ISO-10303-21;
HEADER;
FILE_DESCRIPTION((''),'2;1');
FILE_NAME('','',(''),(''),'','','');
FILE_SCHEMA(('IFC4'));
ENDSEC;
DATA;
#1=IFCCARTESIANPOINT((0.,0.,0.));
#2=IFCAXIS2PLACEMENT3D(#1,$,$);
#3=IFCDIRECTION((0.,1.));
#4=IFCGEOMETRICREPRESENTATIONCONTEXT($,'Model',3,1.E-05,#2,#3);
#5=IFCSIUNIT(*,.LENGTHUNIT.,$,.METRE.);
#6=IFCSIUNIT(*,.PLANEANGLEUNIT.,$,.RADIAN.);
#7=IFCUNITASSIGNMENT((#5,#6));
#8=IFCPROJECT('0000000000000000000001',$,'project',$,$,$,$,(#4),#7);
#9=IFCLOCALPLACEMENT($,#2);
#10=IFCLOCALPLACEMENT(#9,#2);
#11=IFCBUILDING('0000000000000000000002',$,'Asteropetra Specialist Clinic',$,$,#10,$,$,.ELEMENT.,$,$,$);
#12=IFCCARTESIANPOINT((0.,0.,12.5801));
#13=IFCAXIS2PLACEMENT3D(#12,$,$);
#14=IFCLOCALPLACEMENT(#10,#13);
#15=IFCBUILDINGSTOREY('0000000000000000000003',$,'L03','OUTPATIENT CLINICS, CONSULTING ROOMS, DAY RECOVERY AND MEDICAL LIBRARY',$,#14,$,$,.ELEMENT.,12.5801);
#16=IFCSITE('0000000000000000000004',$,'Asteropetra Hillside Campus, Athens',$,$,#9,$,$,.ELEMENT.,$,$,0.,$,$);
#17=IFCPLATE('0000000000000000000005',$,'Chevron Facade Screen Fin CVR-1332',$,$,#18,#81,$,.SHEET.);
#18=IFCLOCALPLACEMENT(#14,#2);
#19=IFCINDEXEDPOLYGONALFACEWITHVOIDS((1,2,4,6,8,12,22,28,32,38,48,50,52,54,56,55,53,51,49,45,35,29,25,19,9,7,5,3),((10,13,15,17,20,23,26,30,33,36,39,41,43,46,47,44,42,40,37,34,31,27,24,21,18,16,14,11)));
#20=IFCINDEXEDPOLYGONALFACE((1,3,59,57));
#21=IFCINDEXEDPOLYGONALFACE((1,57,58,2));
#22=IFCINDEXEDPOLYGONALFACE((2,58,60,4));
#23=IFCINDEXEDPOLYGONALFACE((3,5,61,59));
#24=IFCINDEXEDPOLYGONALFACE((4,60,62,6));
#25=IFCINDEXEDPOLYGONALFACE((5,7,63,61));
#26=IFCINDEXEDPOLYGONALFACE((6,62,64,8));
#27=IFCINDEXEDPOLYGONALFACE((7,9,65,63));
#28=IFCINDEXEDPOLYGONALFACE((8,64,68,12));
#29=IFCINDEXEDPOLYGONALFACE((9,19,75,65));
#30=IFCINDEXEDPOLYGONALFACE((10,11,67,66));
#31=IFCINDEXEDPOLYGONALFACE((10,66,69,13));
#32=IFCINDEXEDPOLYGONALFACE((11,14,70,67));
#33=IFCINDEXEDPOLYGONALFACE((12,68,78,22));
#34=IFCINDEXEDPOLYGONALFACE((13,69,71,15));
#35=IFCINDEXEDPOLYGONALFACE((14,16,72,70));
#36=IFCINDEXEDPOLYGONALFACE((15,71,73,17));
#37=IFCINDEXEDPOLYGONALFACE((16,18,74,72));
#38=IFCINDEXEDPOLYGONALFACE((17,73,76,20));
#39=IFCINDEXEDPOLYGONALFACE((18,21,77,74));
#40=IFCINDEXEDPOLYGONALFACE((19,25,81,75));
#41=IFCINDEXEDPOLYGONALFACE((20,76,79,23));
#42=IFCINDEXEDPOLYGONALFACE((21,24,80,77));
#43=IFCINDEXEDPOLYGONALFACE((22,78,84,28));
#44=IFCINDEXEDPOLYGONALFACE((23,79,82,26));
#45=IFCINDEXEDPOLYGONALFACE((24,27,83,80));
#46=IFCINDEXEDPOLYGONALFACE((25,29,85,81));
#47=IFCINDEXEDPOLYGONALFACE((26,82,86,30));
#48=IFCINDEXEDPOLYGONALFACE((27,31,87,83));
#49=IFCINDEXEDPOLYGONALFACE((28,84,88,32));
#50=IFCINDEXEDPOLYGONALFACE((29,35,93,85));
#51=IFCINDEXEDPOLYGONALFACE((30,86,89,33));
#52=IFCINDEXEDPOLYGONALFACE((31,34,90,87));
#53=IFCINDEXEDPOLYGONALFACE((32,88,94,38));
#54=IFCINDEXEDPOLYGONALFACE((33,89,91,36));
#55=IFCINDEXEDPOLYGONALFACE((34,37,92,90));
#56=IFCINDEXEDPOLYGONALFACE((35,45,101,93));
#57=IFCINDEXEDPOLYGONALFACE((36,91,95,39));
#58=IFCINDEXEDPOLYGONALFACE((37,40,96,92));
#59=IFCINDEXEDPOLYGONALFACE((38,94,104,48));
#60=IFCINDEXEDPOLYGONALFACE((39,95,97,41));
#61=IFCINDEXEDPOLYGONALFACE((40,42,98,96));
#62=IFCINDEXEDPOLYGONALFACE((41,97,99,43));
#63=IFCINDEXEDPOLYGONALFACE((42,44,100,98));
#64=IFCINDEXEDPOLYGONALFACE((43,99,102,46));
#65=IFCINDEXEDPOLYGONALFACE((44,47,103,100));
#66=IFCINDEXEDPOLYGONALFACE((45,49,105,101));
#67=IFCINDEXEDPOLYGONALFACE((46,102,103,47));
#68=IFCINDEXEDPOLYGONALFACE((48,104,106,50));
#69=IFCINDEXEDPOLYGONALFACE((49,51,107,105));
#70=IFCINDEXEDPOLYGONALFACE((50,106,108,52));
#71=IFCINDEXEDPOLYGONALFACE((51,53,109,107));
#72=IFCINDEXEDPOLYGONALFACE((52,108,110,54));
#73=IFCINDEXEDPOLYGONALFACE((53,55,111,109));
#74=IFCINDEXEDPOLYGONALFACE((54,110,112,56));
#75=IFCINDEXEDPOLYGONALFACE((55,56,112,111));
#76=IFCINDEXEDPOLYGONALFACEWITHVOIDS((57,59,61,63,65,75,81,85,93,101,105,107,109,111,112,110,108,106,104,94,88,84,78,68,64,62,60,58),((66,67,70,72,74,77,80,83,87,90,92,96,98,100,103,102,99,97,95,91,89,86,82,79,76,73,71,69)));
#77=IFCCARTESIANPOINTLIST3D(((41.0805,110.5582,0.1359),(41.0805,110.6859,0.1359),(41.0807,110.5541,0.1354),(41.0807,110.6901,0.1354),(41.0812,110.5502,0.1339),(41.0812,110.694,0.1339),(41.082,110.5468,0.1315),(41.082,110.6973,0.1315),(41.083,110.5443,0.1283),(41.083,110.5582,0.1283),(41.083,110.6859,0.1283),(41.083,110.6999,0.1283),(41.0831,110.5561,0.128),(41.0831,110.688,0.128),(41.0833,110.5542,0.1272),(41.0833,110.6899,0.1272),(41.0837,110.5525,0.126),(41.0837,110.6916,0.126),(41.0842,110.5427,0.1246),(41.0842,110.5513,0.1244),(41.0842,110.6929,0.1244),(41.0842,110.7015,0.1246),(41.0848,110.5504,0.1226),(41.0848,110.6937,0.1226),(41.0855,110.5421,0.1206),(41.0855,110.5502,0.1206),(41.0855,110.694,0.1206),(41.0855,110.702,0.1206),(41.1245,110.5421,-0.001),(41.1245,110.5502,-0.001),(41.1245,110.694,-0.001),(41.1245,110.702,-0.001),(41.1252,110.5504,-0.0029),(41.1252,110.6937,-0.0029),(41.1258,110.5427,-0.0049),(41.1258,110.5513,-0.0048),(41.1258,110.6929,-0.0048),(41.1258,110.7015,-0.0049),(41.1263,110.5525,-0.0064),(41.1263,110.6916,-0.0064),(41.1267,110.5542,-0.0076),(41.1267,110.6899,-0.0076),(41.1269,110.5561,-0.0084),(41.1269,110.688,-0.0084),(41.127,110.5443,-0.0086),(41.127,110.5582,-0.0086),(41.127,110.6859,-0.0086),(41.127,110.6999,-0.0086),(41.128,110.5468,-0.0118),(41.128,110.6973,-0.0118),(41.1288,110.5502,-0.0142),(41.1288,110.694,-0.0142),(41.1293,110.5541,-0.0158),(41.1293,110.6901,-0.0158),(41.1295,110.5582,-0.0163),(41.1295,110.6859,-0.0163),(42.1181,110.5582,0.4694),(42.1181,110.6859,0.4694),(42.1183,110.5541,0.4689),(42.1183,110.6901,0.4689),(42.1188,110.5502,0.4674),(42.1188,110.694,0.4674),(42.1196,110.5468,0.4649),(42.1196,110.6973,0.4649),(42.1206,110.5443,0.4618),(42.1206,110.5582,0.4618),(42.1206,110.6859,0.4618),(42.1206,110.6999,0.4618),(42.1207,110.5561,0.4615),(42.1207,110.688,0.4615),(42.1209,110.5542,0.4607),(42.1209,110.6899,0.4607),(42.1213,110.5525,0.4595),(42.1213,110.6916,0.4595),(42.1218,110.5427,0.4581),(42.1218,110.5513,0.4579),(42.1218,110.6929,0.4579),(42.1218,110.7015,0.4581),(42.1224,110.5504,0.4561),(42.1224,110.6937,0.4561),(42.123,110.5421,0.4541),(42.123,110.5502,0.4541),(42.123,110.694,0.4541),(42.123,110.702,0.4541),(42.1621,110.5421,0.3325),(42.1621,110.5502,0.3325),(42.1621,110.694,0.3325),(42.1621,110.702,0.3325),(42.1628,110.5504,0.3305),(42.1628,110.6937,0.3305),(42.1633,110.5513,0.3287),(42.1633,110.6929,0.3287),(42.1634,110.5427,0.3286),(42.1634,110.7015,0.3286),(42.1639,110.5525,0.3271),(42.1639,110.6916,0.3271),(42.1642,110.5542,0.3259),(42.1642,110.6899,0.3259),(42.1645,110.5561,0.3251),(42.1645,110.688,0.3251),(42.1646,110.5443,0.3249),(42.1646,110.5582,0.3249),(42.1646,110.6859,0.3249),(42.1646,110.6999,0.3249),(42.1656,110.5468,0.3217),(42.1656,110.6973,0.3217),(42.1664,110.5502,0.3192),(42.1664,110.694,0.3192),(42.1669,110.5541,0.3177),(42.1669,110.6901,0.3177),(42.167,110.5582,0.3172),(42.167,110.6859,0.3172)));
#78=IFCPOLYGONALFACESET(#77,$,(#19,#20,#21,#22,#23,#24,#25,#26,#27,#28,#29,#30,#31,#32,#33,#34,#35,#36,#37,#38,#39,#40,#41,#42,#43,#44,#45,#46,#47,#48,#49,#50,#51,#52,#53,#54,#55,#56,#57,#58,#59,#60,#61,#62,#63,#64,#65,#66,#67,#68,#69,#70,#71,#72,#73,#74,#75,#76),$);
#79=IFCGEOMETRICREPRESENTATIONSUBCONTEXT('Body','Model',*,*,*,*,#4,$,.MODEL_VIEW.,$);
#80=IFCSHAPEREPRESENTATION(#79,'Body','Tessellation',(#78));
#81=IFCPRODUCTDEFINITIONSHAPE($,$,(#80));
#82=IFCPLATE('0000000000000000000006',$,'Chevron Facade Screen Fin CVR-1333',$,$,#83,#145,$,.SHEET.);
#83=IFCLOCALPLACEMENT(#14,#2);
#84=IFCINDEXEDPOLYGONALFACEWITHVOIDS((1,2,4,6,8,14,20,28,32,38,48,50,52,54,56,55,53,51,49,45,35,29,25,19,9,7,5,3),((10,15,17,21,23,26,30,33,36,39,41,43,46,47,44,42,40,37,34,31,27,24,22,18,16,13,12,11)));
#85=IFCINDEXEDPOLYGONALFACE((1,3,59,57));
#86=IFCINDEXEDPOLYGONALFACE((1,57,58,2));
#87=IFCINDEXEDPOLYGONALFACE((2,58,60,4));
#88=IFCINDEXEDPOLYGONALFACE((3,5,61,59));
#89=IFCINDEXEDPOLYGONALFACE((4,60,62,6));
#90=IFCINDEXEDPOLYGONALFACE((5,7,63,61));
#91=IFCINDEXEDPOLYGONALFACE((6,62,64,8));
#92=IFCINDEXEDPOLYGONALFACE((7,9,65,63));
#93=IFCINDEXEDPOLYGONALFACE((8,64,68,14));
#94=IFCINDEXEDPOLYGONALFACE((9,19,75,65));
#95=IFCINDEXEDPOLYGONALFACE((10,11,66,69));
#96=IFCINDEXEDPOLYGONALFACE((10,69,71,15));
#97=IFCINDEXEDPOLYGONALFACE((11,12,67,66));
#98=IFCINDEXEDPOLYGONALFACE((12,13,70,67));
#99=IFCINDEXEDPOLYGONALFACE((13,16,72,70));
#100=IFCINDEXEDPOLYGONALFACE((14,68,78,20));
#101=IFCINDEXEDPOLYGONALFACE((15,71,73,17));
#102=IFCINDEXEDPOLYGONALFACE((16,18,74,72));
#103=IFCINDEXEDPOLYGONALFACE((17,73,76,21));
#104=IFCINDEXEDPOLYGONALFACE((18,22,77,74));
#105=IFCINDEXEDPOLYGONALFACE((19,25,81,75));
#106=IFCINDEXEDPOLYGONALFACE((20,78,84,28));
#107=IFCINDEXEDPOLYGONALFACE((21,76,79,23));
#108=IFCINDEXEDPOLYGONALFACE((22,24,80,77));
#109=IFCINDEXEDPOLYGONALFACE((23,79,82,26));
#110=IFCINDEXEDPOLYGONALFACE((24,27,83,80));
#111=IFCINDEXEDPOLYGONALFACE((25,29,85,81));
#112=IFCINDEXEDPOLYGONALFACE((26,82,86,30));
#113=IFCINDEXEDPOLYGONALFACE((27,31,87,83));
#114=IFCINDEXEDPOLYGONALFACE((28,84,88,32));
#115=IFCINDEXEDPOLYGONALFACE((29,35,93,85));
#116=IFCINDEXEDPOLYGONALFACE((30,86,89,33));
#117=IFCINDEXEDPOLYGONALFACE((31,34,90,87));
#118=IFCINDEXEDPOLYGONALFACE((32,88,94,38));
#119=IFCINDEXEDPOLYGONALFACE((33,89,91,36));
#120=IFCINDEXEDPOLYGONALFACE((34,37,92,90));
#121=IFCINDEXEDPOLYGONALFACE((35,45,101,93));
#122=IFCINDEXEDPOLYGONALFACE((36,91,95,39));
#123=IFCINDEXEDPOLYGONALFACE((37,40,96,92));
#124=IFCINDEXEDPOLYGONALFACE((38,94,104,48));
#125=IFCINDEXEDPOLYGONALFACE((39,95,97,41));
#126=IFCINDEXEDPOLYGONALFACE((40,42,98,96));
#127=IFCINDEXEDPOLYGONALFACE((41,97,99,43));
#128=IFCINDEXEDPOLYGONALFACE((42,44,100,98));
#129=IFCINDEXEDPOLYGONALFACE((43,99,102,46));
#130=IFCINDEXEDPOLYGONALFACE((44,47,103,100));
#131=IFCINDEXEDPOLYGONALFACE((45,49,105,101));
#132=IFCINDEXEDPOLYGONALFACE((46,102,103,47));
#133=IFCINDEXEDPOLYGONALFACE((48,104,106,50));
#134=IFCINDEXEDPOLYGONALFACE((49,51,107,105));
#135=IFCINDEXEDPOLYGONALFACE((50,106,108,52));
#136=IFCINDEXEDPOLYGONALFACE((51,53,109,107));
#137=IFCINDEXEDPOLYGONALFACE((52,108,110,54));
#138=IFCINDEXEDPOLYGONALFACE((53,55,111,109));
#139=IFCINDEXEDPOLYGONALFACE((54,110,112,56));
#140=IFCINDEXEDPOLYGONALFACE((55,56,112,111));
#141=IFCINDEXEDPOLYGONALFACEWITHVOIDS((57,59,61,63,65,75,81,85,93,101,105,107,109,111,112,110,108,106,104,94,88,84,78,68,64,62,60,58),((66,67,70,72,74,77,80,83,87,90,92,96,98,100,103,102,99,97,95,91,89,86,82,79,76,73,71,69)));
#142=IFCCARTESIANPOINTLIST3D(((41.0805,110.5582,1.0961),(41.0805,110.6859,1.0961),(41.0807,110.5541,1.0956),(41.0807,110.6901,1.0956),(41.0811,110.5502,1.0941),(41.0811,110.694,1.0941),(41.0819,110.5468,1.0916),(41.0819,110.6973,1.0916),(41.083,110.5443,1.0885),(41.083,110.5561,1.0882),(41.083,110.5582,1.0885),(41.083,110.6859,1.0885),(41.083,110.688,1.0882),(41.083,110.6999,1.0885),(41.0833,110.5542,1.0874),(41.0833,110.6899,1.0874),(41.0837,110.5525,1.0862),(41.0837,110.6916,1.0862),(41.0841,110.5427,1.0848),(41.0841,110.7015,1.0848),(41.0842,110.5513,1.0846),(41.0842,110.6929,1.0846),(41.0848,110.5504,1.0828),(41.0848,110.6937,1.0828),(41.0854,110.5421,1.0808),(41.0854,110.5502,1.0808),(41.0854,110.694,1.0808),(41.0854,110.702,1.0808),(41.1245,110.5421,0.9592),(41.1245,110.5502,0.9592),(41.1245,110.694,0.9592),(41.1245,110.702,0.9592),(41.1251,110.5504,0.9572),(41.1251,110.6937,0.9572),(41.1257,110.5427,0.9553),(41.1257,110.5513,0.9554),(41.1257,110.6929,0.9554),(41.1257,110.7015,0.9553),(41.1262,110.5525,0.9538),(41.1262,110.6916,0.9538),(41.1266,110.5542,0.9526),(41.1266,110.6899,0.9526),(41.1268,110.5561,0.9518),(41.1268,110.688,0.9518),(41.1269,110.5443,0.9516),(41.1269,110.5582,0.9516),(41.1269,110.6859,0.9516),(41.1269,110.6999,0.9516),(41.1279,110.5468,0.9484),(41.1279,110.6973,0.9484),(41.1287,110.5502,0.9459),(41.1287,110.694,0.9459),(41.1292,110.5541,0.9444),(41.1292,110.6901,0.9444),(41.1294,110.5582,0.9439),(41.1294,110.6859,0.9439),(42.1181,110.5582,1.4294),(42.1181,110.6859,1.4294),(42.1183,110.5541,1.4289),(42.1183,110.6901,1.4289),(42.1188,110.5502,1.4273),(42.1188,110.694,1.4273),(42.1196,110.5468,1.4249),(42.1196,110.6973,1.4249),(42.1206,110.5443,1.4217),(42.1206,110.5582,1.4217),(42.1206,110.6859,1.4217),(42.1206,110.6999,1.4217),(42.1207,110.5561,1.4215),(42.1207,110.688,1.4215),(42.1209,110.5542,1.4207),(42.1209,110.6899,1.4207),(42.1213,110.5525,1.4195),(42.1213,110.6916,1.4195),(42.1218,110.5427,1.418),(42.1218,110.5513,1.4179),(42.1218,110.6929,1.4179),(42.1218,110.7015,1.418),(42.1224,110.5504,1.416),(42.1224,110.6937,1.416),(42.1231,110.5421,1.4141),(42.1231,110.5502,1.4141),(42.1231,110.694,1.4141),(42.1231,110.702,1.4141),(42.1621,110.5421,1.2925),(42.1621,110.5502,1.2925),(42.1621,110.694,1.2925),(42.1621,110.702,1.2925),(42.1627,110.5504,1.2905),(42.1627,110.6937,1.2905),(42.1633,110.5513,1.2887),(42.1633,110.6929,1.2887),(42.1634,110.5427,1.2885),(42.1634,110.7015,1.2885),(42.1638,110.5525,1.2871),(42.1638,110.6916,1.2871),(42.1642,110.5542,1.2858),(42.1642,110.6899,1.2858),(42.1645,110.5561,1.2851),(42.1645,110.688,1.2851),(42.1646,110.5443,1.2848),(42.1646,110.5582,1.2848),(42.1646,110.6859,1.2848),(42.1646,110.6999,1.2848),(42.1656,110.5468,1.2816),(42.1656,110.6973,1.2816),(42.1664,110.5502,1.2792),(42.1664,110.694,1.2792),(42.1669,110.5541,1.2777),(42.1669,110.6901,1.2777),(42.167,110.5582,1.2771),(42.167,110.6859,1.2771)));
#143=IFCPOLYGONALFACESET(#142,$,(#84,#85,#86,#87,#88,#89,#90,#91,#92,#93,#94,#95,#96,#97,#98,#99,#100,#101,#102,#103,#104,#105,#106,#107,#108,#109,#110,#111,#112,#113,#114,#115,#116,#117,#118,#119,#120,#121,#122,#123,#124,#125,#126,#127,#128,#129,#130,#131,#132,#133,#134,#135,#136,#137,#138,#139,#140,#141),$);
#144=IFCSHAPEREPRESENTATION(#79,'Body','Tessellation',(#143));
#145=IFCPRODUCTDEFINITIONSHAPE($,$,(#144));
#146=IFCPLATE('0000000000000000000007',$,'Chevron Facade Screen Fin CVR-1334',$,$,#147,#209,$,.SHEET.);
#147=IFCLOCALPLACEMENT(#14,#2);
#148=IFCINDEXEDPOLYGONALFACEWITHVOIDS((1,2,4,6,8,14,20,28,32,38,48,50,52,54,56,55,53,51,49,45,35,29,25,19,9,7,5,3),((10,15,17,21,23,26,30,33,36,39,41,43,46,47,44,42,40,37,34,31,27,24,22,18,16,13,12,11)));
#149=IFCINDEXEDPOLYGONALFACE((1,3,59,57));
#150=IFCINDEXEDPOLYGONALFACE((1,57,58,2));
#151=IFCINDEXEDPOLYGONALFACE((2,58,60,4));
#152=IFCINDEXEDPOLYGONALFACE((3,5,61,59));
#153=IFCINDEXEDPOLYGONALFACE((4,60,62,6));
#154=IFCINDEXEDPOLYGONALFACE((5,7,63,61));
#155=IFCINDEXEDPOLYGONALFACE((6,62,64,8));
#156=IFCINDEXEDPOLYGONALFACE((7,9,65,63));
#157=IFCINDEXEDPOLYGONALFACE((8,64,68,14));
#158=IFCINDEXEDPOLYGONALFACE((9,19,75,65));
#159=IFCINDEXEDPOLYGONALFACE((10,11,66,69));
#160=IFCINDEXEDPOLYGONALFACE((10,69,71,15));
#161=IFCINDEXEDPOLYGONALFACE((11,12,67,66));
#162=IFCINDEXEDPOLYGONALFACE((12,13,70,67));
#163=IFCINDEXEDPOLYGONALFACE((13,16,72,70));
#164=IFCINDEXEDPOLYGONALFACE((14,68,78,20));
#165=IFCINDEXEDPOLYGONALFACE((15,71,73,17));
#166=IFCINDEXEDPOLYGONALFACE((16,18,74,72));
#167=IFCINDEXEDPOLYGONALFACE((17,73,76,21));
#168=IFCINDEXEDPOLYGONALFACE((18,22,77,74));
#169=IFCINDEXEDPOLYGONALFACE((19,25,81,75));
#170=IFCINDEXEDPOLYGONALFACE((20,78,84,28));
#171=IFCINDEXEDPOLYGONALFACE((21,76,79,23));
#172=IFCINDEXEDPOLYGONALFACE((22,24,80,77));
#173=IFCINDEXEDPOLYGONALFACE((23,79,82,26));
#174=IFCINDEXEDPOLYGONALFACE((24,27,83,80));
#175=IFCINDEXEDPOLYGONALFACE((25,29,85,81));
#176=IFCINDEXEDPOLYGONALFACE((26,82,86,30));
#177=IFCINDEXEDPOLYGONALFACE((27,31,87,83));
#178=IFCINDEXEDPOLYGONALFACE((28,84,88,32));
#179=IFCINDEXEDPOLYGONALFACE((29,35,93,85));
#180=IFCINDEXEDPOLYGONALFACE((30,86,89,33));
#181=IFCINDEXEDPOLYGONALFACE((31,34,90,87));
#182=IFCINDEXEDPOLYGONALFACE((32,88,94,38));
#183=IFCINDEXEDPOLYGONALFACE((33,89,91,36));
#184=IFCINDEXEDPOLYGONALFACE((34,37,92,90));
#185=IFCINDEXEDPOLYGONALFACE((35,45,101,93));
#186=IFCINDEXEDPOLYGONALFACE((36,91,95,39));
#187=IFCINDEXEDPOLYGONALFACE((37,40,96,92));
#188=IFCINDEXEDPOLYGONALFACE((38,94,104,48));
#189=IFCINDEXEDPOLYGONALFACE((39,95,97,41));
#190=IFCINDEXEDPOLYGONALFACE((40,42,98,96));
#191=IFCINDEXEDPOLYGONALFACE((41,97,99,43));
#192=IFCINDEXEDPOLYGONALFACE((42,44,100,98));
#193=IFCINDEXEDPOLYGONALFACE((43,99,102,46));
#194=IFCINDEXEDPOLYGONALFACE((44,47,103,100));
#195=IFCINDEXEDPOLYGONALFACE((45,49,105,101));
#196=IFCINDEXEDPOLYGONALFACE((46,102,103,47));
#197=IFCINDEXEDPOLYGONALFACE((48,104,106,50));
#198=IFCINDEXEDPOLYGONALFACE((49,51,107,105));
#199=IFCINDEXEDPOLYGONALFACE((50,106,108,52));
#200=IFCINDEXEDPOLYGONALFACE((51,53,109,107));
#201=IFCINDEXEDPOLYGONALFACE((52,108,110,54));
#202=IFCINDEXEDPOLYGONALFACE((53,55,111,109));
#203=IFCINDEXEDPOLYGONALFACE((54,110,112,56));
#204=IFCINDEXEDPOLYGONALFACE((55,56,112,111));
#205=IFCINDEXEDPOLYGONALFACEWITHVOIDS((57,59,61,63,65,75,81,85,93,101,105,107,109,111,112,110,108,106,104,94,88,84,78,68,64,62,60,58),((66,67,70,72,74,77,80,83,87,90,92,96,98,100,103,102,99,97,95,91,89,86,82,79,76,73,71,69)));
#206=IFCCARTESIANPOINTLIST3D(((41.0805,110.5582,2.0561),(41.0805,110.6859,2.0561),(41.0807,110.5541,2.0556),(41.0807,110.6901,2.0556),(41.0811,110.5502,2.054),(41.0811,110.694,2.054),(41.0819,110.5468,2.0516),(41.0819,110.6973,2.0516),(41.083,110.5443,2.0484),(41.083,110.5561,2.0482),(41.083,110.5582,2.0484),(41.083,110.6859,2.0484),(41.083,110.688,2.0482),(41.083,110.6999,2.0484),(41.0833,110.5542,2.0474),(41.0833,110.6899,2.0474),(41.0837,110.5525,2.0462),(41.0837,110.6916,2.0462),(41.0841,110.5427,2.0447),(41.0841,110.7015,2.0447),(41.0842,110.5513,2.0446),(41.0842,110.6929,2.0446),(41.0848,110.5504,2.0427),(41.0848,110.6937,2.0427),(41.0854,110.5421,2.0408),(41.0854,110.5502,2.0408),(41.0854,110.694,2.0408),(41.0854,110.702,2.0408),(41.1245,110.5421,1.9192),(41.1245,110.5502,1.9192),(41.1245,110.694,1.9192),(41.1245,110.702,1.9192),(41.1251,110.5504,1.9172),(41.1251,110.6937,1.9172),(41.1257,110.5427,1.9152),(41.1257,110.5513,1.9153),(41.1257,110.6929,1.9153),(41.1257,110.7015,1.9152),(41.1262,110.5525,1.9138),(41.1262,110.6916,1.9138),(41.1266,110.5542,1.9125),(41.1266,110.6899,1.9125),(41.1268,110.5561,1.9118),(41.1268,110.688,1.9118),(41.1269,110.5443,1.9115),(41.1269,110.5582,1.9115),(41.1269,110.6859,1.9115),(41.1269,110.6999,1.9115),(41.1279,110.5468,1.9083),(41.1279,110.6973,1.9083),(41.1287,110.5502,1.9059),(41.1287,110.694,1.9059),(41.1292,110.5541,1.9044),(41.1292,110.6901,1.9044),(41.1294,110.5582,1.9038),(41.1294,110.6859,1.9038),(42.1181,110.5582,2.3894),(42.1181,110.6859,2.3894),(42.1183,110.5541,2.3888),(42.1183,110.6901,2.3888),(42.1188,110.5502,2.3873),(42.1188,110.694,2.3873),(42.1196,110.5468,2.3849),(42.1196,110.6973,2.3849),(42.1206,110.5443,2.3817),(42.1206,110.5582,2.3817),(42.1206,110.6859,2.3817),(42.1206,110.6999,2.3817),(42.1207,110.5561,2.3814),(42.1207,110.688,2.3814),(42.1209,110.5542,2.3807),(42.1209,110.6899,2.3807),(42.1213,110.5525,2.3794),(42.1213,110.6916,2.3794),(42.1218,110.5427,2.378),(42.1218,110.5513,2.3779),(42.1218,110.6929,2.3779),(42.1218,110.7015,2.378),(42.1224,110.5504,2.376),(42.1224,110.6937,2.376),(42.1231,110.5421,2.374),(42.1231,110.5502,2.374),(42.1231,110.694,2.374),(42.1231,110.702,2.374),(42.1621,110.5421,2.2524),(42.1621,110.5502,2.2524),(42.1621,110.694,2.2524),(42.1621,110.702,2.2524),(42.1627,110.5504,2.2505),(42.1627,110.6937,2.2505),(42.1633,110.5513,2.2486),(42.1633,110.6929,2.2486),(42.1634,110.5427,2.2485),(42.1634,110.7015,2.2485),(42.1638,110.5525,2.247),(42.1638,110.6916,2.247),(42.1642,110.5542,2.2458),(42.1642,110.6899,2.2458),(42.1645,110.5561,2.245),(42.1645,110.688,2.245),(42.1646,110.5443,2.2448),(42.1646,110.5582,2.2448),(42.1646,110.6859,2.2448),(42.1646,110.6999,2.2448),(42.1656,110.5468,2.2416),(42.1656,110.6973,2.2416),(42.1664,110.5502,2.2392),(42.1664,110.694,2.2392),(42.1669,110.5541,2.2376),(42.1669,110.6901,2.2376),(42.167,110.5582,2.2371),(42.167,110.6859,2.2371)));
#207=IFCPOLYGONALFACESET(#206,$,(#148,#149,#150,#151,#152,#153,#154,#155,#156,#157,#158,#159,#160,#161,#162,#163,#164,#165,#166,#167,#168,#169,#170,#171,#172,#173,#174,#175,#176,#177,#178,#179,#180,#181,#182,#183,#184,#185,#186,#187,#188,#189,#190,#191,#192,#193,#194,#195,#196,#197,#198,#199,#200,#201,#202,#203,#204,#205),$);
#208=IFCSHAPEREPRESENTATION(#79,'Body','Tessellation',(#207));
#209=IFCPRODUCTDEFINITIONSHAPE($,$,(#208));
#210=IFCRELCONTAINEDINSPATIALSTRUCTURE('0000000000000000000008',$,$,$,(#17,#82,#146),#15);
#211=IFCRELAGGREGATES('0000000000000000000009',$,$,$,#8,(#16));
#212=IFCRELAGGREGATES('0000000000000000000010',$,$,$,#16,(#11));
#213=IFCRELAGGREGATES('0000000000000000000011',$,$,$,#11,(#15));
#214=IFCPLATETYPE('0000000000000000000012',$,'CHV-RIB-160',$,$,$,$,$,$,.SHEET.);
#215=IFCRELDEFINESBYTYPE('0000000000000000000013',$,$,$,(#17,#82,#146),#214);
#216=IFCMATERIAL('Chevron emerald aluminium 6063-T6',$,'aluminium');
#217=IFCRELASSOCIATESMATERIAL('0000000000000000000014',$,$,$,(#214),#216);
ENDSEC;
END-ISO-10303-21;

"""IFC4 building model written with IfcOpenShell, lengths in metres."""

from ifc_helpers import new_model, si_unit, direction, frame, origin, origin_2d, place, context, subcontext, project, spatial, hollow_rectangle, extrude, material, material_profile, profile_set, type_object, element, save


model = new_model("IFC4")

# Units and contexts
model_context = context("Model", 3, precision=1e-05, world=origin(), true_north=direction((0.0, 1.0)))
body_context = subcontext(model_context, "Body", "Model", "MODEL_VIEW")
ifc_project = project(units=[si_unit("LENGTHUNIT", "METRE"), si_unit("PLANEANGLEUNIT", "RADIAN")], contexts=[model_context])

# Site, building, storey
site_placement = place(None, origin())
site = spatial("IfcSite", under=ifc_project, at=site_placement, Name="Asteropetra Hillside Campus, Athens", CompositionType="ELEMENT", RefElevation=0.0)
building_placement = place(site_placement, origin())
building = spatial("IfcBuilding", under=site, at=building_placement, Name="Asteropetra Specialist Clinic", CompositionType="ELEMENT")
storey_placement = place(building_placement, frame((0.0, 0.0, 12.5801)))
storey = spatial("IfcBuildingStorey", under=building, at=storey_placement, Name="L03", Description="OUTPATIENT CLINICS, CONSULTING ROOMS, DAY RECOVERY AND MEDICAL LIBRARY", CompositionType="ELEMENT", Elevation=12.5801)

# Plates
ifc_material_1 = material(Name="Chevron emerald aluminium 6063-T6", Category="aluminium")
ifc_material_profile = material_profile(ifc_material_1, hollow_rectangle(XDim=0.1599, YDim=0.1599, WallThickness=0.0081, InnerFilletRadius=0.0081, OuterFilletRadius=0.0161, at=origin_2d()), Name="SHS 160x160x8.0")
ifc_profile_set = profile_set([ifc_material_profile], Name="Chevron emerald aluminium 6063-T6")
plate_type_1 = type_object("IfcPlateType", Name="CHV-RIB-160", PredefinedType="SHEET", material=ifc_profile_set)
for number, where, z_axis, x_axis, name in (
    (1, (42.1426, 110.6221, 0.3933), (-0.952033, 0.0, -0.305995), (0.0, -1.0, 0.0), "Chevron Facade Screen Fin CVR-1332"),
    (2, (42.1426, 110.6221, 1.3533), (-0.952098, 0.0, -0.305792), (0.0, -1.0, 0.0), "Chevron Facade Screen Fin CVR-1333"),
    (3, (42.1426, 110.6221, 2.3132), (-0.952098, 0.0, -0.305792), (0.0, -1.0, 0.0), "Chevron Facade Screen Fin CVR-1334"),
):
    element("IfcPlate", number, at=place(storey_placement, frame(where, z_axis=z_axis, x_axis=x_axis)), inside=storey, type_object=plate_type_1, Name=name, PredefinedType="SHEET", context=body_context, shape_type="SweptSolid", body=[
        extrude(hollow_rectangle(XDim=0.1599, YDim=0.1599, WallThickness=0.0081, InnerFilletRadius=0.0081, OuterFilletRadius=0.0161, at=origin_2d()), origin(), (0.0, 0.0, 1.0), 1.0898),
    ])

save(model, "model.ifc")
